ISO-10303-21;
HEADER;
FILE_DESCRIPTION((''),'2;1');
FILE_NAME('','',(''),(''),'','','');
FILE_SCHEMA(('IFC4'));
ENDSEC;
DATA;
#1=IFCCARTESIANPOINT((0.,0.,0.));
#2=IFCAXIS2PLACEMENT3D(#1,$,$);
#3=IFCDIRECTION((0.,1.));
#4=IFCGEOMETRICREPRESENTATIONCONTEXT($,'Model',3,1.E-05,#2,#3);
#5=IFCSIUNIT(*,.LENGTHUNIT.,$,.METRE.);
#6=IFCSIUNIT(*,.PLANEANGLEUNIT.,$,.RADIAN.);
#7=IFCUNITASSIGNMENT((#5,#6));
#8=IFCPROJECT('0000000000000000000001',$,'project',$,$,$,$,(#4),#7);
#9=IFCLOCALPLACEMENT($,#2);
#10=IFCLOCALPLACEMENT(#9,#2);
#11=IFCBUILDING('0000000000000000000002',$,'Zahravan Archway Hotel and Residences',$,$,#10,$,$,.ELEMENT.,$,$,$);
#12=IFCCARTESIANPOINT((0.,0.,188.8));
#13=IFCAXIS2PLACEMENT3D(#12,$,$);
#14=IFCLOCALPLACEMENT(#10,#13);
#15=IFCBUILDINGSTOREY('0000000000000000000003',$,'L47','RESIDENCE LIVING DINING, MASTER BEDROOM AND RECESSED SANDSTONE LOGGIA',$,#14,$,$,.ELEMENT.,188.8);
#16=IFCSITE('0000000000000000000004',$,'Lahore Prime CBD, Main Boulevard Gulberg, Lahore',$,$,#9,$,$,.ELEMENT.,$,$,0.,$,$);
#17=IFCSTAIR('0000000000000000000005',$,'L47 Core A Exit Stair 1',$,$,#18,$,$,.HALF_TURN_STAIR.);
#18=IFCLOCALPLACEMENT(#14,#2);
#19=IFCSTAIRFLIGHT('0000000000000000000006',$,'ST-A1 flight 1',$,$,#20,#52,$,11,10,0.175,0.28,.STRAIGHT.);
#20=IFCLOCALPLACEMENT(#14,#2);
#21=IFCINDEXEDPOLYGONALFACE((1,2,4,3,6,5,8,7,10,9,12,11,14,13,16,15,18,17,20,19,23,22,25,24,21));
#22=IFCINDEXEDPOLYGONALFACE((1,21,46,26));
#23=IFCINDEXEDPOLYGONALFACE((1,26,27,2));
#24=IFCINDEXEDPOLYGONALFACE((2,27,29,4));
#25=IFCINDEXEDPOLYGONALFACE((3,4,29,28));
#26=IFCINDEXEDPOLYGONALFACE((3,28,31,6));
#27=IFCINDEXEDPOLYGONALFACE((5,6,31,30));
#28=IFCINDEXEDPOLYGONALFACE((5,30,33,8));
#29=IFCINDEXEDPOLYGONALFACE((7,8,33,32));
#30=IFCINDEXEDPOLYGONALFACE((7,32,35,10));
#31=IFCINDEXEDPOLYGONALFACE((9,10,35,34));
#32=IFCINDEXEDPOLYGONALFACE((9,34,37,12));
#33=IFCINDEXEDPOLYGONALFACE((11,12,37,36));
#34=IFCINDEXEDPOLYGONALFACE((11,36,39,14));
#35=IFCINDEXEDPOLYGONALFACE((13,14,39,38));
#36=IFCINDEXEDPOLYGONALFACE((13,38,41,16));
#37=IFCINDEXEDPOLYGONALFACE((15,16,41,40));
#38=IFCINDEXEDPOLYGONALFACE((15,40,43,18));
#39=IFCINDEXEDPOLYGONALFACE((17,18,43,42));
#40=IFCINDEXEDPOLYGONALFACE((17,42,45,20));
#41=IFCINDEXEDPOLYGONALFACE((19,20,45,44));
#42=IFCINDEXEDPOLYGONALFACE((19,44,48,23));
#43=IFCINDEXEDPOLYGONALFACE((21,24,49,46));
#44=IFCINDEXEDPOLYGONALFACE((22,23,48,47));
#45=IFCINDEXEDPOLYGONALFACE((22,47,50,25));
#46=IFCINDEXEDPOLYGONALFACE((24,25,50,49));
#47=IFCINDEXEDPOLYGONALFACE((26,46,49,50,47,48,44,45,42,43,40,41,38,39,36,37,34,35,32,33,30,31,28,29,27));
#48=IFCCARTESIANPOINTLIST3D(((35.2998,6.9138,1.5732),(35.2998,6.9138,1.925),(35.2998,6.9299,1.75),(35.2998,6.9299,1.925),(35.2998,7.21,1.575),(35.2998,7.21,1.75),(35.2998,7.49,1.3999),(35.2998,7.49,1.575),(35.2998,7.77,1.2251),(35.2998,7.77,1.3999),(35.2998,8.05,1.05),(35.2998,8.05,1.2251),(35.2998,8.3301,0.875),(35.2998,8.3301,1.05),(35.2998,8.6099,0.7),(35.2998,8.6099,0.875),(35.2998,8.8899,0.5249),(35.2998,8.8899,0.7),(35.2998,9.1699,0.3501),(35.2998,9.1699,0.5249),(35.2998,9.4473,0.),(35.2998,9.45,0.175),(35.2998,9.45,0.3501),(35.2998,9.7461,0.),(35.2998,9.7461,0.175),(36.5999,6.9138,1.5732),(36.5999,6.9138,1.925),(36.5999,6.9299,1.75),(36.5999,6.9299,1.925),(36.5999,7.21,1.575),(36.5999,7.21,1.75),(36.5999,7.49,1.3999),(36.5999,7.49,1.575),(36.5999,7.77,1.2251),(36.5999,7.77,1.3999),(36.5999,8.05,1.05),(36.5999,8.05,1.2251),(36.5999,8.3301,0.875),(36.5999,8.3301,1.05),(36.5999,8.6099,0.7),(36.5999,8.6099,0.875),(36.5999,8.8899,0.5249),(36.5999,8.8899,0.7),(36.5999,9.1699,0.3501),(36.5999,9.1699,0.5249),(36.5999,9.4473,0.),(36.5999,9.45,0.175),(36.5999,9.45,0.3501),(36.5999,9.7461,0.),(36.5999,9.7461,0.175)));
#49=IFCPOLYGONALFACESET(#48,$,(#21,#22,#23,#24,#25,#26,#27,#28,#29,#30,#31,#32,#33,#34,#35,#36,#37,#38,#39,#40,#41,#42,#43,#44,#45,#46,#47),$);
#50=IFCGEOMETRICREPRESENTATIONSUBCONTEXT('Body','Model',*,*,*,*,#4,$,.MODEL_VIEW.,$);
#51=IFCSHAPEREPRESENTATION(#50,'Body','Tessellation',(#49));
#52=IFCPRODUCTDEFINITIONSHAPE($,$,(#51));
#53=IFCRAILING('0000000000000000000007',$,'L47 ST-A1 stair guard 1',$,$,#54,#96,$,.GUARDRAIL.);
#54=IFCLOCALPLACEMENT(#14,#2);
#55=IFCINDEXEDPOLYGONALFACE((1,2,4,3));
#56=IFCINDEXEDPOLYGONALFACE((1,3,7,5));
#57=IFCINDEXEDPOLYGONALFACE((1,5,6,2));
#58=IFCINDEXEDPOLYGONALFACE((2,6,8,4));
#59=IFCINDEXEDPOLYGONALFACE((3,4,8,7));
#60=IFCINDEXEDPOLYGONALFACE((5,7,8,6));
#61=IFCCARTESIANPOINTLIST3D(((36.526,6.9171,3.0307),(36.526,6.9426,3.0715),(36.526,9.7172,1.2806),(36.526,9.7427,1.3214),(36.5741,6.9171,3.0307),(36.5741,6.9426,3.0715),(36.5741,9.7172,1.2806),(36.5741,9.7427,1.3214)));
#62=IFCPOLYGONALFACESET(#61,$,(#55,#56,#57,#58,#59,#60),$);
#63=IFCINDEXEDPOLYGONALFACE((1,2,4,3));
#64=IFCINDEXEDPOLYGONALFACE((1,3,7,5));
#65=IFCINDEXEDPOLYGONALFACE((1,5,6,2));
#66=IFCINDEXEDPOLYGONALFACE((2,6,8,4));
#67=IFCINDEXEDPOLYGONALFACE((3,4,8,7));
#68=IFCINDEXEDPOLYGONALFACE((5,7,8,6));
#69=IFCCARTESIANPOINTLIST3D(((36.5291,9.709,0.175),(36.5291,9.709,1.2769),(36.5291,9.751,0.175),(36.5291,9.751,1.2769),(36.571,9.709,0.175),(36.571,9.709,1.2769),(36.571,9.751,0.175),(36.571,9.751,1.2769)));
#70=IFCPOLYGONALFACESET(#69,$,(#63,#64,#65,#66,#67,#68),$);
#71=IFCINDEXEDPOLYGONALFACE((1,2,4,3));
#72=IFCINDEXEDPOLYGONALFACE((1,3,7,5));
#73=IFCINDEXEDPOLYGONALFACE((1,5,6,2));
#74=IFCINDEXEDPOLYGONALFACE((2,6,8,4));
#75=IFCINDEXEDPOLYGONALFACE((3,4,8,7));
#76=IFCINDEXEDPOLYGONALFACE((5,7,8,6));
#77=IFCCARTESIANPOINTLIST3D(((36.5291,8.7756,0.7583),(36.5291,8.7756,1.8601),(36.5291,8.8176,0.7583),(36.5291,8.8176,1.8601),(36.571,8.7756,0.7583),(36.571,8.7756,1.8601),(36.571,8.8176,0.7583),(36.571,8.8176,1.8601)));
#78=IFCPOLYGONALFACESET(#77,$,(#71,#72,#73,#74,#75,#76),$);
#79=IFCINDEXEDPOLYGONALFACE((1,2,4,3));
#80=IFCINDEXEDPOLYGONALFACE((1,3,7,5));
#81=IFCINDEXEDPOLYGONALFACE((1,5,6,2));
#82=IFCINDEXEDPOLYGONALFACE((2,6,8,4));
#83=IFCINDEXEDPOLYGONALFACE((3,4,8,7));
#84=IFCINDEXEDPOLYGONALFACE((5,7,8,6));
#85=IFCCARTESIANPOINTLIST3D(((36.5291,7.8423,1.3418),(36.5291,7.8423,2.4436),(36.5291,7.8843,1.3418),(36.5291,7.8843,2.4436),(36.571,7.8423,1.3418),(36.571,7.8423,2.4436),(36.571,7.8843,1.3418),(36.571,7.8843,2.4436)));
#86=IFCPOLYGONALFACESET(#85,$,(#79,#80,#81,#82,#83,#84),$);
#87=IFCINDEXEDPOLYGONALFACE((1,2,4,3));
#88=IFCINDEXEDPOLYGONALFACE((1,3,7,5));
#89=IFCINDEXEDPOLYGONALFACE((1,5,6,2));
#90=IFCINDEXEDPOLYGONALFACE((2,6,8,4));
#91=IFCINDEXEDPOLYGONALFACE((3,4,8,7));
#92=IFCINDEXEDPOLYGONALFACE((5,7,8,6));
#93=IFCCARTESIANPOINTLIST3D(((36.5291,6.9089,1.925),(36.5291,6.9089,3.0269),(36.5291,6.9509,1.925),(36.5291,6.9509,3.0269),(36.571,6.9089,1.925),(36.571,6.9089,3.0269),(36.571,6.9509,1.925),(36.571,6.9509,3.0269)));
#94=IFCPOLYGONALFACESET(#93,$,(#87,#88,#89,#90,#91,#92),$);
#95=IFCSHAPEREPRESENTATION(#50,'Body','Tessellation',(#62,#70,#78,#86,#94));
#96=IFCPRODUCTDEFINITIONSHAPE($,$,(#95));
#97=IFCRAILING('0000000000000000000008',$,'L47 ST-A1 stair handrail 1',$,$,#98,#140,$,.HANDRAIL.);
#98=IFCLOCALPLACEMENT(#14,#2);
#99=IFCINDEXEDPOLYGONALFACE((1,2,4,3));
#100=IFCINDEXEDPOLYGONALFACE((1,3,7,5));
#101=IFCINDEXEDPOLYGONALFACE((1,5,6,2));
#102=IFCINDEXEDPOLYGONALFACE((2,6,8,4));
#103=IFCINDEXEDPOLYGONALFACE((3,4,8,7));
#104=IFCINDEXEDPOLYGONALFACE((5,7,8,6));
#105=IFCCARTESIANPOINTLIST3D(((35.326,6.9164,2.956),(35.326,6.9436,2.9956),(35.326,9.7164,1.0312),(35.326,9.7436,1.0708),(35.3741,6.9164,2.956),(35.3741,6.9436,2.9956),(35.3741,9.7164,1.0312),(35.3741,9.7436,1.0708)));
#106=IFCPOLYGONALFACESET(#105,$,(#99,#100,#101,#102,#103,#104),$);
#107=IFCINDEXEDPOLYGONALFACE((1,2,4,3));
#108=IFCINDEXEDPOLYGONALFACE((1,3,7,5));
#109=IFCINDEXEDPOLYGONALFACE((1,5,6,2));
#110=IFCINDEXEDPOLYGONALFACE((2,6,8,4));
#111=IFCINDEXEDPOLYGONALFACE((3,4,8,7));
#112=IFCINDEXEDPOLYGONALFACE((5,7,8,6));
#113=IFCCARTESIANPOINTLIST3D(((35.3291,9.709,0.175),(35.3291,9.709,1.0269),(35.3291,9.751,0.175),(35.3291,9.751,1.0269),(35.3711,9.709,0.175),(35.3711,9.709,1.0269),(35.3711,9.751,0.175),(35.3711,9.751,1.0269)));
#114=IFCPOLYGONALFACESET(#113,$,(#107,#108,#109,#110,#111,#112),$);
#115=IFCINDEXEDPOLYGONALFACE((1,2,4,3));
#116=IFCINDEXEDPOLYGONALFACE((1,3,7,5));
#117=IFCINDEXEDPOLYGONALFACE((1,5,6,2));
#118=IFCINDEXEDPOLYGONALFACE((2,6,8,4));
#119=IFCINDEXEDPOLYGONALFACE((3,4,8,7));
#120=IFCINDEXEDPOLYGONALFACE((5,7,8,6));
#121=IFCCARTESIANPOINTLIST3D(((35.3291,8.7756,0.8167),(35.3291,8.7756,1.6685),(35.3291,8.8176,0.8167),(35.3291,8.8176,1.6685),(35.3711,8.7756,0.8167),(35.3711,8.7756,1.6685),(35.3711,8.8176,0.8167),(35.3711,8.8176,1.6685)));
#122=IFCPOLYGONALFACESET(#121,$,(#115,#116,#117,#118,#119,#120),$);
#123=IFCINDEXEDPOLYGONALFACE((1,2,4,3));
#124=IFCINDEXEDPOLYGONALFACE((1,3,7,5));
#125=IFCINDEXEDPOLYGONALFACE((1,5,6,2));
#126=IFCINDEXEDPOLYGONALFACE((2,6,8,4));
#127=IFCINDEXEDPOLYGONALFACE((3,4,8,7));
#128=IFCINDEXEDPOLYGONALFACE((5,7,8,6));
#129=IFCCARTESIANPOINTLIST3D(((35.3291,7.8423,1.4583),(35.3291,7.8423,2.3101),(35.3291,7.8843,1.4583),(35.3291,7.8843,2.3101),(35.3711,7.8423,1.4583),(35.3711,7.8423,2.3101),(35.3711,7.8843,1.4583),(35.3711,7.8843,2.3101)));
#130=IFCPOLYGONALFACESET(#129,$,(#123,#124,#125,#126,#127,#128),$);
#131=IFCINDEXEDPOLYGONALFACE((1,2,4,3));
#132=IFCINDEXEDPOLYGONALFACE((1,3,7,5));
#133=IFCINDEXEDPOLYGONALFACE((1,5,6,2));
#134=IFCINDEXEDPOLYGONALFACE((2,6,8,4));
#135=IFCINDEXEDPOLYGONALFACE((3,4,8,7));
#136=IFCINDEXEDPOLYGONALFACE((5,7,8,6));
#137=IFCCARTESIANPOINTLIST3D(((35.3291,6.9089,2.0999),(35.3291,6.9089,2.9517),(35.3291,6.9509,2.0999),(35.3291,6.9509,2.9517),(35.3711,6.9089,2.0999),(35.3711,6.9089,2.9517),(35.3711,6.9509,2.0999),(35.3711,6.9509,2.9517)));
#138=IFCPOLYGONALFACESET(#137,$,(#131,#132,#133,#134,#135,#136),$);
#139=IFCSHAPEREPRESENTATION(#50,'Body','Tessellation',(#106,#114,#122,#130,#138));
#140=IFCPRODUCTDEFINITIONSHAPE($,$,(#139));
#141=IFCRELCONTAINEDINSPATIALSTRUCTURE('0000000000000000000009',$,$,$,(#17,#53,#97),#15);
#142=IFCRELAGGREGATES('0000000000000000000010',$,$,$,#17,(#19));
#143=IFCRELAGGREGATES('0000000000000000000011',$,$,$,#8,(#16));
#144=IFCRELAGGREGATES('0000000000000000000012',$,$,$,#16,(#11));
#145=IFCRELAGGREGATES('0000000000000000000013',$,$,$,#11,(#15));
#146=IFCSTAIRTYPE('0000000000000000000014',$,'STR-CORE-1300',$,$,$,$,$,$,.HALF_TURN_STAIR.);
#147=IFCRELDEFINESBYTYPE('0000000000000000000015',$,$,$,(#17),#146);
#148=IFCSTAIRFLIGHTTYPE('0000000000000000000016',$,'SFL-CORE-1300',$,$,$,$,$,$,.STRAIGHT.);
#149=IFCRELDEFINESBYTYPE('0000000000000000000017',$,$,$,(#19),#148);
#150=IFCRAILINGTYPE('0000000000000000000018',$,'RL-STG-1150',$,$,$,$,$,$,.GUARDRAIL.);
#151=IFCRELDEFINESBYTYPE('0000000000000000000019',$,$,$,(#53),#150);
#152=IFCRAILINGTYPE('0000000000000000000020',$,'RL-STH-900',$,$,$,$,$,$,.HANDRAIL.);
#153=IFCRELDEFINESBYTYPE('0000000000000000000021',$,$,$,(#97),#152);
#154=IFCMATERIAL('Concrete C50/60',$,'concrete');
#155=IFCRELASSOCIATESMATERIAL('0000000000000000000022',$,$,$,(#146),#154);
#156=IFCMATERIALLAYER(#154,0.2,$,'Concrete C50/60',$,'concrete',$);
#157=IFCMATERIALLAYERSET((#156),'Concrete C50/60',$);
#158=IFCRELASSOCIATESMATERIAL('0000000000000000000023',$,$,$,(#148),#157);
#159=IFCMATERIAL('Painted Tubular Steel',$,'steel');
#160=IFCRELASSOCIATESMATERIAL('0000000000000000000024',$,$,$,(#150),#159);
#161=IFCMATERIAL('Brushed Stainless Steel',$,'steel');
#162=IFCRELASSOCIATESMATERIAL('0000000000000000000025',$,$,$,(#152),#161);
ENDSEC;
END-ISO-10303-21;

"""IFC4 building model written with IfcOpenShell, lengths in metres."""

from ifc_helpers import new_model, si_unit, direction, frame, origin, origin_2d, place, context, subcontext, project, spatial, polyline, rectangle, outline, extrude, source, transform, mapped, material, layer, layer_set, type_object, element, aggregate, save


model = new_model("IFC4")

# Units and contexts
model_context = context("Model", 3, precision=1e-05, world=origin(), true_north=direction((0.0, 1.0)))
body_context = subcontext(model_context, "Body", "Model", "MODEL_VIEW")
ifc_project = project(units=[si_unit("LENGTHUNIT", "METRE"), si_unit("PLANEANGLEUNIT", "RADIAN")], contexts=[model_context])

# Site, building, storey
site_placement = place(None, origin())
site = spatial("IfcSite", under=ifc_project, at=site_placement, Name="Lahore Prime CBD, Main Boulevard Gulberg, Lahore", CompositionType="ELEMENT", RefElevation=0.0)
building_placement = place(site_placement, origin())
building = spatial("IfcBuilding", under=site, at=building_placement, Name="Zahravan Archway Hotel and Residences", CompositionType="ELEMENT")
storey_placement = place(building_placement, frame((0.0, 0.0, 188.8)))
storey = spatial("IfcBuildingStorey", under=building, at=storey_placement, Name="L47", Description="RESIDENCE LIVING DINING, MASTER BEDROOM AND RECESSED SANDSTONE LOGGIA", CompositionType="ELEMENT", Elevation=188.8)

# Shared definitions
ifc_material_1 = material(Name="Concrete C50/60", Category="concrete")

# Stair, stair flight
stair_type = type_object("IfcStairType", Name="STR-CORE-1300", PredefinedType="HALF_TURN_STAIR", material=ifc_material_1)
stair_placement = place(storey_placement, origin())
stair = element("IfcStair", 1, at=stair_placement, inside=storey, type_object=stair_type, Name="L47 Core A Exit Stair 1", PredefinedType="HALF_TURN_STAIR")
ifc_layer_1 = layer(ifc_material_1, 0.2, Name="Concrete C50/60", Category="concrete")
ifc_layer_set_1 = layer_set([ifc_layer_1], Name="Concrete C50/60")
stair_flight_type = type_object("IfcStairFlightType", Name="SFL-CORE-1300", PredefinedType="STRAIGHT", material=ifc_layer_set_1)
shared_shape_1 = source(origin(), body_context, "Body", "SweptSolid", [
    extrude(outline(polyline([(-0.0161, 0.0), (-0.0161, 0.175), (0.28, 0.175), (0.28, 0.3501), (0.5601, 0.3501), (0.5601, 0.5249), (0.8401, 0.5249), (0.8401, 0.7), (1.1201, 0.7), (1.1201, 0.875), (1.3999, 0.875), (1.3999, 1.05), (1.6799, 1.05), (1.6799, 1.2251), (1.96, 1.2251), (1.96, 1.3999), (2.24, 1.3999), (2.24, 1.575), (2.52, 1.575), (2.52, 1.75), (2.8, 1.75), (2.8, 1.925), (2.8162, 1.925), (2.8162, 1.5732), (0.2827, 0.0), (-0.0161, 0.0)])), frame((0.0, 0.6499, 0.0), z_axis=(0.0, -1.0, 0.0), x_axis=(1.0, 0.0, 0.0)), (0.0, 0.0, 1.0), 1.3),
])
stair_flight_placement = place(storey_placement, frame((35.95, 9.73, 0.0), z_axis=(0.0, 0.0, 1.0), x_axis=(0.0, -1.0, 0.0)))
stair_flight = element("IfcStairFlight", 2, at=stair_flight_placement, type_object=stair_flight_type, Name="ST-A1 flight 1", NumberOfRisers=11, NumberOfTreads=10, PredefinedType="STRAIGHT", RiserHeight=0.175, TreadLength=0.28, context=body_context, shape_type="MappedRepresentation", body=[
    mapped(shared_shape_1, transform((0.0, 0.0, 0.0), scale=1.0)),
])
aggregate(stair, [stair_flight])

# Railings
ifc_material_2 = material(Name="Painted Tubular Steel", Category="steel")
railing_type_1 = type_object("IfcRailingType", Name="RL-STG-1150", PredefinedType="GUARDRAIL", material=ifc_material_2)
railing_1_placement = place(storey_placement, frame((36.55, 9.73, 0.175)))
element("IfcRailing", 3, at=railing_1_placement, inside=storey, type_object=railing_type_1, Name="L47 ST-A1 stair guard 1", PredefinedType="GUARDRAIL", context=body_context, shape_type="SweptSolid", body=[
    extrude(rectangle(XDim=0.0481, YDim=0.0481, at=origin_2d()), frame((0.0, 0.0, 1.126), z_axis=(0.0, -0.848002, 0.529992), x_axis=(1.0, 0.0, 0.0)), (0.0, 0.0, 1.0), 3.302),
    extrude(rectangle(XDim=0.042, YDim=0.042, at=origin_2d()), origin(), (0.0, 0.0, 1.0), 1.1018),
    extrude(rectangle(XDim=0.042, YDim=0.042, at=origin_2d()), frame((0.0, -0.9333, 0.5833)), (0.0, 0.0, 1.0), 1.1018),
    extrude(rectangle(XDim=0.042, YDim=0.042, at=origin_2d()), frame((0.0, -1.8667, 1.1667)), (0.0, 0.0, 1.0), 1.1018),
    extrude(rectangle(XDim=0.042, YDim=0.042, at=origin_2d()), frame((0.0, -2.8, 1.75)), (0.0, 0.0, 1.0), 1.1018),
])
ifc_material_3 = material(Name="Brushed Stainless Steel", Category="steel")
railing_type_2 = type_object("IfcRailingType", Name="RL-STH-900", PredefinedType="HANDRAIL", material=ifc_material_3)
railing_2_placement = place(storey_placement, frame((35.3501, 9.73, 0.175)))
element("IfcRailing", 4, at=railing_2_placement, inside=storey, type_object=railing_type_2, Name="L47 ST-A1 stair handrail 1", PredefinedType="HANDRAIL", context=body_context, shape_type="SweptSolid", body=[
    extrude(rectangle(XDim=0.0481, YDim=0.0481, at=origin_2d()), frame((0.0, 0.0, 0.876), z_axis=(0.0, -0.824073, 0.566483), x_axis=(1.0, 0.0, 0.0)), (0.0, 0.0, 1.0), 3.3977),
    extrude(rectangle(XDim=0.042, YDim=0.042, at=origin_2d()), origin(), (0.0, 0.0, 1.0), 0.8518),
    extrude(rectangle(XDim=0.042, YDim=0.042, at=origin_2d()), frame((0.0, -0.9333, 0.6416)), (0.0, 0.0, 1.0), 0.8518),
    extrude(rectangle(XDim=0.042, YDim=0.042, at=origin_2d()), frame((0.0, -1.8667, 1.2832)), (0.0, 0.0, 1.0), 0.8518),
    extrude(rectangle(XDim=0.042, YDim=0.042, at=origin_2d()), frame((0.0, -2.8, 1.9248)), (0.0, 0.0, 1.0), 0.8518),
])

save(model, "model.ifc")
